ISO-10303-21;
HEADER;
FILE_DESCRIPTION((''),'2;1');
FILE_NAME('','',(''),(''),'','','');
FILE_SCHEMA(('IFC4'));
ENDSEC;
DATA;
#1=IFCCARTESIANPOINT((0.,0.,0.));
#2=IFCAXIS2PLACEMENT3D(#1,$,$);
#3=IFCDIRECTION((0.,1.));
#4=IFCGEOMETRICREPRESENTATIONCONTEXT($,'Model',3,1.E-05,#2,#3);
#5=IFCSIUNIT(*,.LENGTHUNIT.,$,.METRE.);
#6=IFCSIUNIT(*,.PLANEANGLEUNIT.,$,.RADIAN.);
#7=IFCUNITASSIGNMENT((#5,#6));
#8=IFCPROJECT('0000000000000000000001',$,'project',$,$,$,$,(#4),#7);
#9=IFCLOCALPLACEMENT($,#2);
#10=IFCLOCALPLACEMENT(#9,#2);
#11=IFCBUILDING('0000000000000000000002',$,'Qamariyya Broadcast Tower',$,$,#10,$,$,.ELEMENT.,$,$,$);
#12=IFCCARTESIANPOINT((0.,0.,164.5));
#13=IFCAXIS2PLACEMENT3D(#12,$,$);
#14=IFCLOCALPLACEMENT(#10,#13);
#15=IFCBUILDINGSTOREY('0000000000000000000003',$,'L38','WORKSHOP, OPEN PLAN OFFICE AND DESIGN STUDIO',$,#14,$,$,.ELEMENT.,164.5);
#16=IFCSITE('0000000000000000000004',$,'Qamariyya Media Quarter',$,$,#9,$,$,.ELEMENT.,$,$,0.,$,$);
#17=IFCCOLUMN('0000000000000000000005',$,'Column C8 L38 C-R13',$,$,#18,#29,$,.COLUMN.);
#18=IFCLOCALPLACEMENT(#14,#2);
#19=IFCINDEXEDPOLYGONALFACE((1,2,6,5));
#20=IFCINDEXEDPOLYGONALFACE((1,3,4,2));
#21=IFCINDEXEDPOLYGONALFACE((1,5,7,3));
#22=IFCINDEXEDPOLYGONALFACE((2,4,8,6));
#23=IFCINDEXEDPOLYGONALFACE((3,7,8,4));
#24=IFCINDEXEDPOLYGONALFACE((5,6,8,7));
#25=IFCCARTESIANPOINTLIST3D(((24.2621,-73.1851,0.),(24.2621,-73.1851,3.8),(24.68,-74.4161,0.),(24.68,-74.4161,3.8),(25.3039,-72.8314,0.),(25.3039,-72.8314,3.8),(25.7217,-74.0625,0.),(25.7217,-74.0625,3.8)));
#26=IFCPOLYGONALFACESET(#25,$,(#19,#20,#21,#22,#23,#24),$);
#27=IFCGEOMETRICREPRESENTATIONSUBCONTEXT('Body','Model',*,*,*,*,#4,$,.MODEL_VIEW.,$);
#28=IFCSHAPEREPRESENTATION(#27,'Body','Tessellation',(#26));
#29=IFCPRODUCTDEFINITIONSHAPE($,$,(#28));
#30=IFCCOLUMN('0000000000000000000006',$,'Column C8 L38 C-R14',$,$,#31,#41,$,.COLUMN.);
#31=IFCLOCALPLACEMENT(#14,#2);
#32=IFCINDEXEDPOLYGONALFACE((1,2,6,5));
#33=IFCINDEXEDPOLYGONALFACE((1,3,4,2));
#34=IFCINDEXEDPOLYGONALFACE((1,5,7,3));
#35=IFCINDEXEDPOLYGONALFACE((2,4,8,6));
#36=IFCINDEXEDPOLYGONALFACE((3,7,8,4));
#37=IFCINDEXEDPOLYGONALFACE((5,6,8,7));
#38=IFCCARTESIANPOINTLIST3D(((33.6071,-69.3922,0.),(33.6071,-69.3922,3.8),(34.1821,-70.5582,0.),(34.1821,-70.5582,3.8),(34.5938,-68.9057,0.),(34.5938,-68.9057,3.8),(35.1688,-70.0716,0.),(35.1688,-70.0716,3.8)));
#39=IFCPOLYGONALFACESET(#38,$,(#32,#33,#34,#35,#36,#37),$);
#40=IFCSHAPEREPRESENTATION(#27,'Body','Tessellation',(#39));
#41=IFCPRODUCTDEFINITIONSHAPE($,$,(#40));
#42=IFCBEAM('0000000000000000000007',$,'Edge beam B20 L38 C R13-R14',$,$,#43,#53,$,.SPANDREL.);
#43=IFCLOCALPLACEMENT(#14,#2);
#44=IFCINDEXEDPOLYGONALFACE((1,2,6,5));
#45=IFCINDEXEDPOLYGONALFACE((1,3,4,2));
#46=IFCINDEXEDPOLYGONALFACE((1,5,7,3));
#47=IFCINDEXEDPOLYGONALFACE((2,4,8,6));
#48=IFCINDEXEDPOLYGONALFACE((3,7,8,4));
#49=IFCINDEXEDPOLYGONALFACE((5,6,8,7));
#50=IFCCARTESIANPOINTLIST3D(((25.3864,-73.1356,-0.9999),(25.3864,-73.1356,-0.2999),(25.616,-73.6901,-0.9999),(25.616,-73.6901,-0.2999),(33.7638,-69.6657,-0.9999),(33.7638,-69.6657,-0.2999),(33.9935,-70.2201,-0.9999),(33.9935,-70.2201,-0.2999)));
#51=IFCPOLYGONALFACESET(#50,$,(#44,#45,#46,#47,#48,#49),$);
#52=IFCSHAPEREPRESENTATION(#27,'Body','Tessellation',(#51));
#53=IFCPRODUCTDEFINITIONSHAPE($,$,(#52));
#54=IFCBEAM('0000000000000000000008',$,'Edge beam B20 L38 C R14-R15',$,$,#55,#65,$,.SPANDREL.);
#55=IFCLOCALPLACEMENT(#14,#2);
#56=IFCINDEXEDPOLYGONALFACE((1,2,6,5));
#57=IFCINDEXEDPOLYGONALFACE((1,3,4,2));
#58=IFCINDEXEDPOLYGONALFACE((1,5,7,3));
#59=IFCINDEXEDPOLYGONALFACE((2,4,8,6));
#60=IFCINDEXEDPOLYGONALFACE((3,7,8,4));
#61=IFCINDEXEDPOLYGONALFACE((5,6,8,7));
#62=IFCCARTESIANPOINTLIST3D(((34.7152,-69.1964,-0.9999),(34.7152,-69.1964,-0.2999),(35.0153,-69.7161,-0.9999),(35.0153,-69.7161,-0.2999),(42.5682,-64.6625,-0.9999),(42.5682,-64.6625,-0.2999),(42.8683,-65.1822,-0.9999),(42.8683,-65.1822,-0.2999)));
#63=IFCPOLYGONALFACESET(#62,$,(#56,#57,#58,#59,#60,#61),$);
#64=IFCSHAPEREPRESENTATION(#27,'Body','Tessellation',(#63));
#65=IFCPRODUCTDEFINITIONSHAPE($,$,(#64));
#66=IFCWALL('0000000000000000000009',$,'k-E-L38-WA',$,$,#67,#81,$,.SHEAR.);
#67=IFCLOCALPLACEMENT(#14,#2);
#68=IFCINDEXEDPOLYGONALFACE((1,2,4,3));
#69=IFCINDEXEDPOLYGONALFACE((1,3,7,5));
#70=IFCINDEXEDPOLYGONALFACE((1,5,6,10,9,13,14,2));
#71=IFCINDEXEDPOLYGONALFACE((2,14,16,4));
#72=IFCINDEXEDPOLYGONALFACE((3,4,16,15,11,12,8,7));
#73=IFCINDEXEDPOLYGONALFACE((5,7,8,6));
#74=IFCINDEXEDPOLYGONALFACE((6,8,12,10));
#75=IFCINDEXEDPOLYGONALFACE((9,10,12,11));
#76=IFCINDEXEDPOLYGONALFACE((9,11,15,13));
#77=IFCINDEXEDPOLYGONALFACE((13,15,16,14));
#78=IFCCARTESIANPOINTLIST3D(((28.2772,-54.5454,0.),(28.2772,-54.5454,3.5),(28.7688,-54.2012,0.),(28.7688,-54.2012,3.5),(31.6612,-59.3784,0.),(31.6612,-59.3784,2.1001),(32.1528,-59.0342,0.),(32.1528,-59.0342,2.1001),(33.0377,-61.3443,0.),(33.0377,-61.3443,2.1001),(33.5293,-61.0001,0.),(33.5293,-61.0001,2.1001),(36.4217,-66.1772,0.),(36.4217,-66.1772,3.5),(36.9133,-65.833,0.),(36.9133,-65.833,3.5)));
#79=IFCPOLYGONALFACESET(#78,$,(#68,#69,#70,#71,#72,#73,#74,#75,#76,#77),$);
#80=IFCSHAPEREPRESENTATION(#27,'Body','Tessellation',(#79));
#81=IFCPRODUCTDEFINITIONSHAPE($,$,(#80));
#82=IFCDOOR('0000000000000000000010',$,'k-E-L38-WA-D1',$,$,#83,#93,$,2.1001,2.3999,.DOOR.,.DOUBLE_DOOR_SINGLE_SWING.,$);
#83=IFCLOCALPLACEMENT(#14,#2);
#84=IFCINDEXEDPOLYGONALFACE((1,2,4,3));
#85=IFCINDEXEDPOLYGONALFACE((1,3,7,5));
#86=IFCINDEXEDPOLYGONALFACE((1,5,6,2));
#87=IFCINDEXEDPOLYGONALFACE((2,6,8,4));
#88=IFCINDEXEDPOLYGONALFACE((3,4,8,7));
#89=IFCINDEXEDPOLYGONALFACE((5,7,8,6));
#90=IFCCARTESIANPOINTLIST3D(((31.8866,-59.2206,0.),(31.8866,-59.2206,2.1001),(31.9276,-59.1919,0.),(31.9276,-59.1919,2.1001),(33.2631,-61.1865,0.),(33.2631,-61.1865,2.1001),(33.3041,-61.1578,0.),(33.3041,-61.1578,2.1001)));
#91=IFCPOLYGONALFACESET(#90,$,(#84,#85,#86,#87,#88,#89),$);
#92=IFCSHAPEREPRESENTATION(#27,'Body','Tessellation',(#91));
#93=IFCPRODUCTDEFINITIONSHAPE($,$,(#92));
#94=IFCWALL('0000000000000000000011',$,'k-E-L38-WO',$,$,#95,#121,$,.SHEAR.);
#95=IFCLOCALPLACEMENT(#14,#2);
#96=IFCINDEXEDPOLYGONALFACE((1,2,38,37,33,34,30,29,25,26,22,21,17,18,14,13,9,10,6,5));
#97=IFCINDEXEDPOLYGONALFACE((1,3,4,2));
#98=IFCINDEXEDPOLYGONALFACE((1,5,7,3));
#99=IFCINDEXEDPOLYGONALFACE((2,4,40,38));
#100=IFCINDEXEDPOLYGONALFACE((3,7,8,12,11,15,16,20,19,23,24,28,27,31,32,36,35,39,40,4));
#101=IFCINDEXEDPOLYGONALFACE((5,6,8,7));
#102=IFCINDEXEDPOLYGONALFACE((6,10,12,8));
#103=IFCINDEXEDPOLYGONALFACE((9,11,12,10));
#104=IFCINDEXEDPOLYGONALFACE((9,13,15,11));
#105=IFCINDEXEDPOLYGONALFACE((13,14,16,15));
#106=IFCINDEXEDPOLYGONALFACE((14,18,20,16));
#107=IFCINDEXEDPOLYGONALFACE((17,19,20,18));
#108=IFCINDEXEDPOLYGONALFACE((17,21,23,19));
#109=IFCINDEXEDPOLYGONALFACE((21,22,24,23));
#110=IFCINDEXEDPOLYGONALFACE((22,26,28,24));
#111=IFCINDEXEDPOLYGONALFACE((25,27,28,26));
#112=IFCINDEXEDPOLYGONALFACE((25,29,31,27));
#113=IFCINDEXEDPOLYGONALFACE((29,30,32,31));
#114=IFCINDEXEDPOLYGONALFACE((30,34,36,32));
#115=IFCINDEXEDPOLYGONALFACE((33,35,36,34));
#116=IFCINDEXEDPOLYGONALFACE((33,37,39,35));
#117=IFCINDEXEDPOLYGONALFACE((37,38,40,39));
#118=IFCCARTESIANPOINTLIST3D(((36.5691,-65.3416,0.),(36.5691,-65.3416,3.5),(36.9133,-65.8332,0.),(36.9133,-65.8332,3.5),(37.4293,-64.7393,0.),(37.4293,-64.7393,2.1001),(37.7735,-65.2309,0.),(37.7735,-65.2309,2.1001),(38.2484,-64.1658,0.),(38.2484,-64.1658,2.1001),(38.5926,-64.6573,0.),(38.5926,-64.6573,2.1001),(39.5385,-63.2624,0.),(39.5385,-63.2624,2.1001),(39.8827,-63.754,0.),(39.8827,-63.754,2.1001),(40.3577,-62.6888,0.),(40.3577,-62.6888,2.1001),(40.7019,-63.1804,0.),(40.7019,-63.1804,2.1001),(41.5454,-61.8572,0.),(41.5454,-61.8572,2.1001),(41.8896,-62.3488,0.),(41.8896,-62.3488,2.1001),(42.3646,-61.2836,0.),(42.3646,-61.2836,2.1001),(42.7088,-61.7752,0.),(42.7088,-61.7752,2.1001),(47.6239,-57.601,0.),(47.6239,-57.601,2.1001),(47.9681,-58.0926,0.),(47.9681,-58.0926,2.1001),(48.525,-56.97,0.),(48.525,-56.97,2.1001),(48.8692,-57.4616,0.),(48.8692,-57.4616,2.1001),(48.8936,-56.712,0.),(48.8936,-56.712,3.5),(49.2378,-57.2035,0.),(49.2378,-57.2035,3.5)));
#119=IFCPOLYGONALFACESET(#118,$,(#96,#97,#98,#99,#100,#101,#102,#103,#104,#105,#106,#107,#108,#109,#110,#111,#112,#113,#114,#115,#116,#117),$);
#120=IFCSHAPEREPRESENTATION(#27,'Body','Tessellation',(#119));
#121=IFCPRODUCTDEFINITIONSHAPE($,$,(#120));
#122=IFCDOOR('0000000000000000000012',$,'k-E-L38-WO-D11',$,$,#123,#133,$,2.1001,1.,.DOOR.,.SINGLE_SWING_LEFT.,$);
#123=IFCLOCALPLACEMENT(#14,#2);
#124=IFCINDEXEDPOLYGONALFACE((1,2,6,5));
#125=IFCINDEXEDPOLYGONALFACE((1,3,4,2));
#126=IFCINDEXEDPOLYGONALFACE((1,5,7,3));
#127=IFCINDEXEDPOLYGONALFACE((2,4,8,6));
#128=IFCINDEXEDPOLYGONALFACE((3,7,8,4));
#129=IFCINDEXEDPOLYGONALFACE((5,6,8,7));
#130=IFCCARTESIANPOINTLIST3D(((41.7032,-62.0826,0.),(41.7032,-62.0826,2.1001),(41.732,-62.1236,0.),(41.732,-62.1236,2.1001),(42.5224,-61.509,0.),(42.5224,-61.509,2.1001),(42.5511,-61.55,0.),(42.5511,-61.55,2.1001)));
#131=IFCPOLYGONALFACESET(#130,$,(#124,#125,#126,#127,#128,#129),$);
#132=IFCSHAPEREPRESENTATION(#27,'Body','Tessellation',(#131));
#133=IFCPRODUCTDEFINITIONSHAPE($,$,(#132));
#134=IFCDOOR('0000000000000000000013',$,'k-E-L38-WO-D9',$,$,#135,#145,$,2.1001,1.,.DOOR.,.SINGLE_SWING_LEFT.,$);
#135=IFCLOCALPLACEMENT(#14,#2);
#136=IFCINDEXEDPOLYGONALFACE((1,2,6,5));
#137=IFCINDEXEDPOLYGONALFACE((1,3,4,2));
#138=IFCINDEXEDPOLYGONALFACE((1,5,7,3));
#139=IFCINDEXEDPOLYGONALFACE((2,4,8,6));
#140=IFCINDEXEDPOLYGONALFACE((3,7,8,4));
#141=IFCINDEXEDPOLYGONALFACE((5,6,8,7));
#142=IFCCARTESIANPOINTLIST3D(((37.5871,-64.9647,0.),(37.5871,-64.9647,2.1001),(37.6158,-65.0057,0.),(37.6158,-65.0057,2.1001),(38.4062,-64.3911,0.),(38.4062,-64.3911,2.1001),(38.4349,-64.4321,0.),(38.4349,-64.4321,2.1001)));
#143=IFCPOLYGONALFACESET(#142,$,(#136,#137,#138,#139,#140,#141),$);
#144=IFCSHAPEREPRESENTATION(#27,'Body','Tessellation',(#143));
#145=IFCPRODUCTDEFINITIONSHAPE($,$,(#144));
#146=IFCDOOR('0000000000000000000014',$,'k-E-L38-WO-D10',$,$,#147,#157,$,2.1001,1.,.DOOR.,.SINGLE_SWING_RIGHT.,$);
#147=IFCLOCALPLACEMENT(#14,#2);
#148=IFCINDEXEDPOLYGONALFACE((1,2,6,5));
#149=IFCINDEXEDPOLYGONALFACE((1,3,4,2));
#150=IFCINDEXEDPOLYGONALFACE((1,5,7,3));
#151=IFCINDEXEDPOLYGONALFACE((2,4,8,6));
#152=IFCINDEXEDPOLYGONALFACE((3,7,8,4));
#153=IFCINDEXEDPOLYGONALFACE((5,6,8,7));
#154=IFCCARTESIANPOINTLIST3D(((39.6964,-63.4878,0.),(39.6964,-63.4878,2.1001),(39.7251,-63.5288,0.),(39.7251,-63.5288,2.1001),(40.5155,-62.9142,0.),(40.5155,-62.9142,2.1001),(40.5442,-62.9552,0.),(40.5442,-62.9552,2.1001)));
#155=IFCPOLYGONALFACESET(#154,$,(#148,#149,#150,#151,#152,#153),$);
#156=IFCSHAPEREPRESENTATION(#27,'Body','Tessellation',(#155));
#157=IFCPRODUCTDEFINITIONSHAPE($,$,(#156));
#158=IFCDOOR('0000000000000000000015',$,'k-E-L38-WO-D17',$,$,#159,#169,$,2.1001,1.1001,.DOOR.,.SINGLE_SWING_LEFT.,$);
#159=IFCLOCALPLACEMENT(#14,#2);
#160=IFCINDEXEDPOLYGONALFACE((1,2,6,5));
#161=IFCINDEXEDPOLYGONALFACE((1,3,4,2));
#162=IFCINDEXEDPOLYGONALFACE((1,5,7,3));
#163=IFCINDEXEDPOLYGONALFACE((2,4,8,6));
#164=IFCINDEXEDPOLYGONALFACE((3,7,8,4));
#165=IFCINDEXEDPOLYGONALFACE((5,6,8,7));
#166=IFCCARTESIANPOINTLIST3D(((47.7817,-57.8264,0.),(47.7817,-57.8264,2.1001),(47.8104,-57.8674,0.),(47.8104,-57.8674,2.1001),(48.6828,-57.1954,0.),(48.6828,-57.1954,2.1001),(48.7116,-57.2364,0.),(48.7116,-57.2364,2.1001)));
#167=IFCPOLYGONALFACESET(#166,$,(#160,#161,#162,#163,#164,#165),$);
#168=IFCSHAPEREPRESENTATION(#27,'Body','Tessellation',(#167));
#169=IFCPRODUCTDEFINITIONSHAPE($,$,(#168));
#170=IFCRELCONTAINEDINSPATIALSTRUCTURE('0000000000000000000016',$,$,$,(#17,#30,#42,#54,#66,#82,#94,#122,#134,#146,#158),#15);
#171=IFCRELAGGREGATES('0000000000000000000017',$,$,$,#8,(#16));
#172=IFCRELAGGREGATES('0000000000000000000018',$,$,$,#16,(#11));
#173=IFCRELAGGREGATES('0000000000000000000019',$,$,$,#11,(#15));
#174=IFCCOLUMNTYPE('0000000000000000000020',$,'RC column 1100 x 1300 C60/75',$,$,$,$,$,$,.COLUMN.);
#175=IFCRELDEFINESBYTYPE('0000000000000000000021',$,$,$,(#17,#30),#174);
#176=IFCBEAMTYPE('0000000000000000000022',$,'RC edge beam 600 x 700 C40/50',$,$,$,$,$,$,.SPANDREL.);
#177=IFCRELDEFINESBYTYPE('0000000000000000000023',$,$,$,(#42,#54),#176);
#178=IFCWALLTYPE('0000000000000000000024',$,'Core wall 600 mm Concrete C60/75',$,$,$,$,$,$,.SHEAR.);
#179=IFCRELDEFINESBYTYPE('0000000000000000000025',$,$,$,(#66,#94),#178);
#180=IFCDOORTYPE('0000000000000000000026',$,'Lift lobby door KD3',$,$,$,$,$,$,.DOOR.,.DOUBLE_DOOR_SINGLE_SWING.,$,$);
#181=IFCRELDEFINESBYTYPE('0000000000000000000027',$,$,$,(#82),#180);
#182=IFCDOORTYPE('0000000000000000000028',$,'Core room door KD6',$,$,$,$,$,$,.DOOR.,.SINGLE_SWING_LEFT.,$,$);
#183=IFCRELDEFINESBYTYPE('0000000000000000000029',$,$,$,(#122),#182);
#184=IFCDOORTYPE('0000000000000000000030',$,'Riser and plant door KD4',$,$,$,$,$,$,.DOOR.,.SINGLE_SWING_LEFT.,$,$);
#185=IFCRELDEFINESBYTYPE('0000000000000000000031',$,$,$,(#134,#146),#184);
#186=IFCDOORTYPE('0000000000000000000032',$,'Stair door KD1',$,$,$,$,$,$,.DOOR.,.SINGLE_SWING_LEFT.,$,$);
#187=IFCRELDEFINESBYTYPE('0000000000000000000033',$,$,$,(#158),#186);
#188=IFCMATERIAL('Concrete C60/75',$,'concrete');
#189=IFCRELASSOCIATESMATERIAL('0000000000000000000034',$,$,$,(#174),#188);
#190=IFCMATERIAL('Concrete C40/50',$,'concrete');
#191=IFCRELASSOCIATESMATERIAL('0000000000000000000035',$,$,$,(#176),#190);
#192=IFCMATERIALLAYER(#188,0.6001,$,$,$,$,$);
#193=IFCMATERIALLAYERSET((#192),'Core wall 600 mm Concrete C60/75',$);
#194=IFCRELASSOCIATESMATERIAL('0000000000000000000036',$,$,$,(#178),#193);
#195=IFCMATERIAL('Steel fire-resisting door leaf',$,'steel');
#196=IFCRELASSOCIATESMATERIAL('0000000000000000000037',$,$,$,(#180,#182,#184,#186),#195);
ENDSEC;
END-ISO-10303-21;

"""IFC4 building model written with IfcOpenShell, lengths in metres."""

from ifc_helpers import new_model, si_unit, direction, frame, frame_2d, origin, origin_2d, place, context, subcontext, project, spatial, rectangle, extrude, material, layer, layer_set, material_profile, profile_set, type_object, element, fill, save


model = new_model("IFC4")

# Units and contexts
model_context = context("Model", 3, precision=1e-05, world=origin(), true_north=direction((0.0, 1.0)))
body_context = subcontext(model_context, "Body", "Model", "MODEL_VIEW")
ifc_project = project(units=[si_unit("LENGTHUNIT", "METRE"), si_unit("PLANEANGLEUNIT", "RADIAN")], contexts=[model_context])

# Site, building, storey
site_placement = place(None, origin())
site = spatial("IfcSite", under=ifc_project, at=site_placement, Name="Qamariyya Media Quarter", CompositionType="ELEMENT", RefElevation=0.0)
building_placement = place(site_placement, origin())
building = spatial("IfcBuilding", under=site, at=building_placement, Name="Qamariyya Broadcast Tower", CompositionType="ELEMENT")
storey_placement = place(building_placement, frame((0.0, 0.0, 164.5)))
storey = spatial("IfcBuildingStorey", under=building, at=storey_placement, Name="L38", Description="WORKSHOP, OPEN PLAN OFFICE AND DESIGN STUDIO", CompositionType="ELEMENT", Elevation=164.5)

# Columns
ifc_material_1 = material(Name="Concrete C60/75", Category="concrete")
ifc_material_profile_1 = material_profile(ifc_material_1, rectangle(XDim=1.1001, YDim=1.3, at=origin_2d()))
ifc_profile_set_1 = profile_set([ifc_material_profile_1], Name="Concrete C60/75")
column_type = type_object("IfcColumnType", Name="RC column 1100 x 1300 C60/75", PredefinedType="COLUMN", material=ifc_profile_set_1)
for number, where, z_axis, x_axis, name in (
    (1, (24.9919, -73.6238, 0.0), (0.0, 0.0, 1.0), (0.94693, 0.321439, 0.0), "Column C8 L38 C-R13"),
    (2, (34.3879, -69.7319, 0.0), (0.0, 0.0, 1.0), (0.896873, 0.442289, 0.0), "Column C8 L38 C-R14"),
):
    element("IfcColumn", number, at=place(storey_placement, frame(where, z_axis=z_axis, x_axis=x_axis)), inside=storey, type_object=column_type, Name=name, PredefinedType="COLUMN", context=body_context, shape_type="SweptSolid", body=[
        extrude(rectangle(XDim=1.1001, YDim=1.3, at=origin_2d()), origin(), (0.0, 0.0, 1.0), 3.8),
    ])

# Beams
ifc_material_2 = material(Name="Concrete C40/50", Category="concrete")
ifc_material_profile_2 = material_profile(ifc_material_2, rectangle(XDim=0.6001, YDim=0.7, at=origin_2d()))
ifc_profile_set_2 = profile_set([ifc_material_profile_2], Name="Concrete C40/50")
beam_type = type_object("IfcBeamType", Name="RC edge beam 600 x 700 C40/50", PredefinedType="SPANDREL", material=ifc_profile_set_2)
beam_1_placement = place(storey_placement, frame((25.5012, -73.4128, -0.6499), z_axis=(0.923883, 0.382676, 0.0), x_axis=(-0.382676, 0.923883, 0.0)))
element("IfcBeam", 3, at=beam_1_placement, inside=storey, type_object=beam_type, Name="Edge beam B20 L38 C R13-R14", PredefinedType="SPANDREL", context=body_context, shape_type="SweptSolid", body=[
    extrude(rectangle(XDim=0.6001, YDim=0.7, at=origin_2d()), origin(), (0.0, 0.0, 1.0), 9.0676),
])
beam_2_placement = place(storey_placement, frame((34.8652, -69.4563, -0.6499), z_axis=(0.866026, 0.499999, 0.0), x_axis=(-0.499999, 0.866026, 0.0)))
element("IfcBeam", 4, at=beam_2_placement, inside=storey, type_object=beam_type, Name="Edge beam B20 L38 C R14-R15", PredefinedType="SPANDREL", context=body_context, shape_type="SweptSolid", body=[
    extrude(rectangle(XDim=0.6001, YDim=0.7, at=origin_2d()), origin(), (0.0, 0.0, 1.0), 9.0679),
])

# Wall, opening, door
ifc_layer_1 = layer(ifc_material_1, 0.6001)
ifc_layer_set_1 = layer_set([ifc_layer_1], Name="Core wall 600 mm Concrete C60/75")
wall_type_1 = type_object("IfcWallType", Name="Core wall 600 mm Concrete C60/75", PredefinedType="SHEAR", material=ifc_layer_set_1)
wall_1_placement = place(storey_placement, frame((36.6675, -66.0051, 0.0), z_axis=(0.0, 0.0, 1.0), x_axis=(-0.573568, 0.819158, 0.0)))
wall_1 = element("IfcWall", 5, at=wall_1_placement, inside=storey, type_object=wall_type_1, Name="k-E-L38-WA", PredefinedType="SHEAR", context=body_context, shape_type="SweptSolid", body=[
    extrude(rectangle(XDim=14.1997, YDim=0.6001, at=frame_2d((7.0999, 0.0))), origin(), (0.0, 0.0, 1.0), 3.5),
])
opening_1_placement = place(wall_1_placement, frame((5.8999, 0.0, 0.0)))
opening_1 = element("IfcOpeningElement", 6, at=opening_1_placement, cuts=wall_1, PredefinedType="OPENING", context=body_context, shape_type="SweptSolid", body=[
    extrude(rectangle(XDim=2.3999, YDim=2.1001, at=frame_2d((1.2, 1.05))), frame((0.0, 0.3101, 0.0), z_axis=(0.0, -1.0, 0.0), x_axis=(1.0, 0.0, 0.0)), (0.0, 0.0, 1.0), 0.6201),
])
ifc_material_3 = material(Name="Steel fire-resisting door leaf", Category="steel")
door_type_1 = type_object("IfcDoorType", Name="Lift lobby door KD3", OperationType="DOUBLE_DOOR_SINGLE_SWING", PredefinedType="DOOR", material=ifc_material_3)
door_1_placement = place(opening_1_placement, origin())
door_1 = element("IfcDoor", 7, at=door_1_placement, inside=storey, type_object=door_type_1, Name="k-E-L38-WA-D1", OperationType="DOUBLE_DOOR_SINGLE_SWING", OverallHeight=2.1001, OverallWidth=2.3999, PredefinedType="DOOR", context=body_context, shape_type="SweptSolid", body=[
    extrude(rectangle(XDim=2.3999, YDim=2.1001, at=frame_2d((1.2, 1.05))), frame((0.0, 0.0249, 0.0), z_axis=(0.0, -1.0, 0.0), x_axis=(1.0, 0.0, 0.0)), (0.0, 0.0, 1.0), 0.05),
])
fill(opening_1, door_1)

# Wall, openings, doors
wall_2_placement = place(storey_placement, frame((36.7412, -65.5874, 0.0), z_axis=(0.0, 0.0, 1.0), x_axis=(0.819153, 0.573575, 0.0)))
wall_2 = element("IfcWall", 8, at=wall_2_placement, inside=storey, type_object=wall_type_1, Name="k-E-L38-WO", PredefinedType="SHEAR", context=body_context, shape_type="SweptSolid", body=[
    extrude(rectangle(XDim=15.0454, YDim=0.6001, at=frame_2d((7.5227, 0.0))), origin(), (0.0, 0.0, 1.0), 3.5),
])
opening_2_placement = place(wall_2_placement, frame((1.05, 0.0, 0.0)))
opening_2 = element("IfcOpeningElement", 9, at=opening_2_placement, cuts=wall_2, PredefinedType="OPENING", context=body_context, shape_type="SweptSolid", body=[
    extrude(rectangle(XDim=1.0, YDim=2.1001, at=frame_2d((0.5, 1.05))), frame((0.0, 0.3101, 0.0), z_axis=(0.0, -1.0, 0.0), x_axis=(1.0, 0.0, 0.0)), (0.0, 0.0, 1.0), 0.6201),
])
opening_3_placement = place(wall_2_placement, frame((3.625, 0.0, 0.0)))
opening_3 = element("IfcOpeningElement", 10, at=opening_3_placement, cuts=wall_2, PredefinedType="OPENING", context=body_context, shape_type="SweptSolid", body=[
    extrude(rectangle(XDim=1.0, YDim=2.1001, at=frame_2d((0.5, 1.05))), frame((0.0, 0.3101, 0.0), z_axis=(0.0, -1.0, 0.0), x_axis=(1.0, 0.0, 0.0)), (0.0, 0.0, 1.0), 0.6201),
])
opening_4_placement = place(wall_2_placement, frame((6.075, 0.0, 0.0)))
opening_4 = element("IfcOpeningElement", 11, at=opening_4_placement, cuts=wall_2, PredefinedType="OPENING", context=body_context, shape_type="SweptSolid", body=[
    extrude(rectangle(XDim=1.0, YDim=2.1001, at=frame_2d((0.5, 1.05))), frame((0.0, 0.3101, 0.0), z_axis=(0.0, -1.0, 0.0), x_axis=(1.0, 0.0, 0.0)), (0.0, 0.0, 1.0), 0.6201),
])
opening_5_placement = place(wall_2_placement, frame((13.4954, 0.0, 0.0)))
opening_5 = element("IfcOpeningElement", 12, at=opening_5_placement, cuts=wall_2, PredefinedType="OPENING", context=body_context, shape_type="SweptSolid", body=[
    extrude(rectangle(XDim=1.1001, YDim=2.1001, at=frame_2d((0.55, 1.05))), frame((0.0, 0.3101, 0.0), z_axis=(0.0, -1.0, 0.0), x_axis=(1.0, 0.0, 0.0)), (0.0, 0.0, 1.0), 0.6201),
])
door_type_2 = type_object("IfcDoorType", Name="Core room door KD6", OperationType="SINGLE_SWING_LEFT", PredefinedType="DOOR", material=ifc_material_3)
door_2_placement = place(opening_4_placement, origin())
door_2 = element("IfcDoor", 13, at=door_2_placement, inside=storey, type_object=door_type_2, Name="k-E-L38-WO-D11", OperationType="SINGLE_SWING_LEFT", OverallHeight=2.1001, OverallWidth=1.0, PredefinedType="DOOR", context=body_context, shape_type="SweptSolid", body=[
    extrude(rectangle(XDim=1.0, YDim=2.1001, at=frame_2d((0.5, 1.05))), frame((0.0, 0.0249, 0.0), z_axis=(0.0, -1.0, 0.0), x_axis=(1.0, 0.0, 0.0)), (0.0, 0.0, 1.0), 0.05),
])
fill(opening_4, door_2)
door_type_3 = type_object("IfcDoorType", Name="Riser and plant door KD4", OperationType="SINGLE_SWING_LEFT", PredefinedType="DOOR", material=ifc_material_3)
door_3_placement = place(opening_2_placement, origin())
door_3 = element("IfcDoor", 14, at=door_3_placement, inside=storey, type_object=door_type_3, Name="k-E-L38-WO-D9", OperationType="SINGLE_SWING_LEFT", OverallHeight=2.1001, OverallWidth=1.0, PredefinedType="DOOR", context=body_context, shape_type="SweptSolid", body=[
    extrude(rectangle(XDim=1.0, YDim=2.1001, at=frame_2d((0.5, 1.05))), frame((0.0, 0.0249, 0.0), z_axis=(0.0, -1.0, 0.0), x_axis=(1.0, 0.0, 0.0)), (0.0, 0.0, 1.0), 0.05),
])
fill(opening_2, door_3)
door_4_placement = place(opening_3_placement, origin())
door_4 = element("IfcDoor", 15, at=door_4_placement, inside=storey, type_object=door_type_3, Name="k-E-L38-WO-D10", OperationType="SINGLE_SWING_RIGHT", OverallHeight=2.1001, OverallWidth=1.0, PredefinedType="DOOR", context=body_context, shape_type="SweptSolid", body=[
    extrude(rectangle(XDim=1.0, YDim=2.1001, at=frame_2d((0.5, 1.05))), frame((0.0, 0.0249, 0.0), z_axis=(0.0, -1.0, 0.0), x_axis=(1.0, 0.0, 0.0)), (0.0, 0.0, 1.0), 0.05),
])
fill(opening_3, door_4)
door_type_4 = type_object("IfcDoorType", Name="Stair door KD1", OperationType="SINGLE_SWING_LEFT", PredefinedType="DOOR", material=ifc_material_3)
door_5_placement = place(opening_5_placement, origin())
door_5 = element("IfcDoor", 16, at=door_5_placement, inside=storey, type_object=door_type_4, Name="k-E-L38-WO-D17", OperationType="SINGLE_SWING_LEFT", OverallHeight=2.1001, OverallWidth=1.1001, PredefinedType="DOOR", context=body_context, shape_type="SweptSolid", body=[
    extrude(rectangle(XDim=1.1001, YDim=2.1001, at=frame_2d((0.55, 1.05))), frame((0.0, 0.0249, 0.0), z_axis=(0.0, -1.0, 0.0), x_axis=(1.0, 0.0, 0.0)), (0.0, 0.0, 1.0), 0.05),
])
fill(opening_5, door_5)

save(model, "model.ifc")
